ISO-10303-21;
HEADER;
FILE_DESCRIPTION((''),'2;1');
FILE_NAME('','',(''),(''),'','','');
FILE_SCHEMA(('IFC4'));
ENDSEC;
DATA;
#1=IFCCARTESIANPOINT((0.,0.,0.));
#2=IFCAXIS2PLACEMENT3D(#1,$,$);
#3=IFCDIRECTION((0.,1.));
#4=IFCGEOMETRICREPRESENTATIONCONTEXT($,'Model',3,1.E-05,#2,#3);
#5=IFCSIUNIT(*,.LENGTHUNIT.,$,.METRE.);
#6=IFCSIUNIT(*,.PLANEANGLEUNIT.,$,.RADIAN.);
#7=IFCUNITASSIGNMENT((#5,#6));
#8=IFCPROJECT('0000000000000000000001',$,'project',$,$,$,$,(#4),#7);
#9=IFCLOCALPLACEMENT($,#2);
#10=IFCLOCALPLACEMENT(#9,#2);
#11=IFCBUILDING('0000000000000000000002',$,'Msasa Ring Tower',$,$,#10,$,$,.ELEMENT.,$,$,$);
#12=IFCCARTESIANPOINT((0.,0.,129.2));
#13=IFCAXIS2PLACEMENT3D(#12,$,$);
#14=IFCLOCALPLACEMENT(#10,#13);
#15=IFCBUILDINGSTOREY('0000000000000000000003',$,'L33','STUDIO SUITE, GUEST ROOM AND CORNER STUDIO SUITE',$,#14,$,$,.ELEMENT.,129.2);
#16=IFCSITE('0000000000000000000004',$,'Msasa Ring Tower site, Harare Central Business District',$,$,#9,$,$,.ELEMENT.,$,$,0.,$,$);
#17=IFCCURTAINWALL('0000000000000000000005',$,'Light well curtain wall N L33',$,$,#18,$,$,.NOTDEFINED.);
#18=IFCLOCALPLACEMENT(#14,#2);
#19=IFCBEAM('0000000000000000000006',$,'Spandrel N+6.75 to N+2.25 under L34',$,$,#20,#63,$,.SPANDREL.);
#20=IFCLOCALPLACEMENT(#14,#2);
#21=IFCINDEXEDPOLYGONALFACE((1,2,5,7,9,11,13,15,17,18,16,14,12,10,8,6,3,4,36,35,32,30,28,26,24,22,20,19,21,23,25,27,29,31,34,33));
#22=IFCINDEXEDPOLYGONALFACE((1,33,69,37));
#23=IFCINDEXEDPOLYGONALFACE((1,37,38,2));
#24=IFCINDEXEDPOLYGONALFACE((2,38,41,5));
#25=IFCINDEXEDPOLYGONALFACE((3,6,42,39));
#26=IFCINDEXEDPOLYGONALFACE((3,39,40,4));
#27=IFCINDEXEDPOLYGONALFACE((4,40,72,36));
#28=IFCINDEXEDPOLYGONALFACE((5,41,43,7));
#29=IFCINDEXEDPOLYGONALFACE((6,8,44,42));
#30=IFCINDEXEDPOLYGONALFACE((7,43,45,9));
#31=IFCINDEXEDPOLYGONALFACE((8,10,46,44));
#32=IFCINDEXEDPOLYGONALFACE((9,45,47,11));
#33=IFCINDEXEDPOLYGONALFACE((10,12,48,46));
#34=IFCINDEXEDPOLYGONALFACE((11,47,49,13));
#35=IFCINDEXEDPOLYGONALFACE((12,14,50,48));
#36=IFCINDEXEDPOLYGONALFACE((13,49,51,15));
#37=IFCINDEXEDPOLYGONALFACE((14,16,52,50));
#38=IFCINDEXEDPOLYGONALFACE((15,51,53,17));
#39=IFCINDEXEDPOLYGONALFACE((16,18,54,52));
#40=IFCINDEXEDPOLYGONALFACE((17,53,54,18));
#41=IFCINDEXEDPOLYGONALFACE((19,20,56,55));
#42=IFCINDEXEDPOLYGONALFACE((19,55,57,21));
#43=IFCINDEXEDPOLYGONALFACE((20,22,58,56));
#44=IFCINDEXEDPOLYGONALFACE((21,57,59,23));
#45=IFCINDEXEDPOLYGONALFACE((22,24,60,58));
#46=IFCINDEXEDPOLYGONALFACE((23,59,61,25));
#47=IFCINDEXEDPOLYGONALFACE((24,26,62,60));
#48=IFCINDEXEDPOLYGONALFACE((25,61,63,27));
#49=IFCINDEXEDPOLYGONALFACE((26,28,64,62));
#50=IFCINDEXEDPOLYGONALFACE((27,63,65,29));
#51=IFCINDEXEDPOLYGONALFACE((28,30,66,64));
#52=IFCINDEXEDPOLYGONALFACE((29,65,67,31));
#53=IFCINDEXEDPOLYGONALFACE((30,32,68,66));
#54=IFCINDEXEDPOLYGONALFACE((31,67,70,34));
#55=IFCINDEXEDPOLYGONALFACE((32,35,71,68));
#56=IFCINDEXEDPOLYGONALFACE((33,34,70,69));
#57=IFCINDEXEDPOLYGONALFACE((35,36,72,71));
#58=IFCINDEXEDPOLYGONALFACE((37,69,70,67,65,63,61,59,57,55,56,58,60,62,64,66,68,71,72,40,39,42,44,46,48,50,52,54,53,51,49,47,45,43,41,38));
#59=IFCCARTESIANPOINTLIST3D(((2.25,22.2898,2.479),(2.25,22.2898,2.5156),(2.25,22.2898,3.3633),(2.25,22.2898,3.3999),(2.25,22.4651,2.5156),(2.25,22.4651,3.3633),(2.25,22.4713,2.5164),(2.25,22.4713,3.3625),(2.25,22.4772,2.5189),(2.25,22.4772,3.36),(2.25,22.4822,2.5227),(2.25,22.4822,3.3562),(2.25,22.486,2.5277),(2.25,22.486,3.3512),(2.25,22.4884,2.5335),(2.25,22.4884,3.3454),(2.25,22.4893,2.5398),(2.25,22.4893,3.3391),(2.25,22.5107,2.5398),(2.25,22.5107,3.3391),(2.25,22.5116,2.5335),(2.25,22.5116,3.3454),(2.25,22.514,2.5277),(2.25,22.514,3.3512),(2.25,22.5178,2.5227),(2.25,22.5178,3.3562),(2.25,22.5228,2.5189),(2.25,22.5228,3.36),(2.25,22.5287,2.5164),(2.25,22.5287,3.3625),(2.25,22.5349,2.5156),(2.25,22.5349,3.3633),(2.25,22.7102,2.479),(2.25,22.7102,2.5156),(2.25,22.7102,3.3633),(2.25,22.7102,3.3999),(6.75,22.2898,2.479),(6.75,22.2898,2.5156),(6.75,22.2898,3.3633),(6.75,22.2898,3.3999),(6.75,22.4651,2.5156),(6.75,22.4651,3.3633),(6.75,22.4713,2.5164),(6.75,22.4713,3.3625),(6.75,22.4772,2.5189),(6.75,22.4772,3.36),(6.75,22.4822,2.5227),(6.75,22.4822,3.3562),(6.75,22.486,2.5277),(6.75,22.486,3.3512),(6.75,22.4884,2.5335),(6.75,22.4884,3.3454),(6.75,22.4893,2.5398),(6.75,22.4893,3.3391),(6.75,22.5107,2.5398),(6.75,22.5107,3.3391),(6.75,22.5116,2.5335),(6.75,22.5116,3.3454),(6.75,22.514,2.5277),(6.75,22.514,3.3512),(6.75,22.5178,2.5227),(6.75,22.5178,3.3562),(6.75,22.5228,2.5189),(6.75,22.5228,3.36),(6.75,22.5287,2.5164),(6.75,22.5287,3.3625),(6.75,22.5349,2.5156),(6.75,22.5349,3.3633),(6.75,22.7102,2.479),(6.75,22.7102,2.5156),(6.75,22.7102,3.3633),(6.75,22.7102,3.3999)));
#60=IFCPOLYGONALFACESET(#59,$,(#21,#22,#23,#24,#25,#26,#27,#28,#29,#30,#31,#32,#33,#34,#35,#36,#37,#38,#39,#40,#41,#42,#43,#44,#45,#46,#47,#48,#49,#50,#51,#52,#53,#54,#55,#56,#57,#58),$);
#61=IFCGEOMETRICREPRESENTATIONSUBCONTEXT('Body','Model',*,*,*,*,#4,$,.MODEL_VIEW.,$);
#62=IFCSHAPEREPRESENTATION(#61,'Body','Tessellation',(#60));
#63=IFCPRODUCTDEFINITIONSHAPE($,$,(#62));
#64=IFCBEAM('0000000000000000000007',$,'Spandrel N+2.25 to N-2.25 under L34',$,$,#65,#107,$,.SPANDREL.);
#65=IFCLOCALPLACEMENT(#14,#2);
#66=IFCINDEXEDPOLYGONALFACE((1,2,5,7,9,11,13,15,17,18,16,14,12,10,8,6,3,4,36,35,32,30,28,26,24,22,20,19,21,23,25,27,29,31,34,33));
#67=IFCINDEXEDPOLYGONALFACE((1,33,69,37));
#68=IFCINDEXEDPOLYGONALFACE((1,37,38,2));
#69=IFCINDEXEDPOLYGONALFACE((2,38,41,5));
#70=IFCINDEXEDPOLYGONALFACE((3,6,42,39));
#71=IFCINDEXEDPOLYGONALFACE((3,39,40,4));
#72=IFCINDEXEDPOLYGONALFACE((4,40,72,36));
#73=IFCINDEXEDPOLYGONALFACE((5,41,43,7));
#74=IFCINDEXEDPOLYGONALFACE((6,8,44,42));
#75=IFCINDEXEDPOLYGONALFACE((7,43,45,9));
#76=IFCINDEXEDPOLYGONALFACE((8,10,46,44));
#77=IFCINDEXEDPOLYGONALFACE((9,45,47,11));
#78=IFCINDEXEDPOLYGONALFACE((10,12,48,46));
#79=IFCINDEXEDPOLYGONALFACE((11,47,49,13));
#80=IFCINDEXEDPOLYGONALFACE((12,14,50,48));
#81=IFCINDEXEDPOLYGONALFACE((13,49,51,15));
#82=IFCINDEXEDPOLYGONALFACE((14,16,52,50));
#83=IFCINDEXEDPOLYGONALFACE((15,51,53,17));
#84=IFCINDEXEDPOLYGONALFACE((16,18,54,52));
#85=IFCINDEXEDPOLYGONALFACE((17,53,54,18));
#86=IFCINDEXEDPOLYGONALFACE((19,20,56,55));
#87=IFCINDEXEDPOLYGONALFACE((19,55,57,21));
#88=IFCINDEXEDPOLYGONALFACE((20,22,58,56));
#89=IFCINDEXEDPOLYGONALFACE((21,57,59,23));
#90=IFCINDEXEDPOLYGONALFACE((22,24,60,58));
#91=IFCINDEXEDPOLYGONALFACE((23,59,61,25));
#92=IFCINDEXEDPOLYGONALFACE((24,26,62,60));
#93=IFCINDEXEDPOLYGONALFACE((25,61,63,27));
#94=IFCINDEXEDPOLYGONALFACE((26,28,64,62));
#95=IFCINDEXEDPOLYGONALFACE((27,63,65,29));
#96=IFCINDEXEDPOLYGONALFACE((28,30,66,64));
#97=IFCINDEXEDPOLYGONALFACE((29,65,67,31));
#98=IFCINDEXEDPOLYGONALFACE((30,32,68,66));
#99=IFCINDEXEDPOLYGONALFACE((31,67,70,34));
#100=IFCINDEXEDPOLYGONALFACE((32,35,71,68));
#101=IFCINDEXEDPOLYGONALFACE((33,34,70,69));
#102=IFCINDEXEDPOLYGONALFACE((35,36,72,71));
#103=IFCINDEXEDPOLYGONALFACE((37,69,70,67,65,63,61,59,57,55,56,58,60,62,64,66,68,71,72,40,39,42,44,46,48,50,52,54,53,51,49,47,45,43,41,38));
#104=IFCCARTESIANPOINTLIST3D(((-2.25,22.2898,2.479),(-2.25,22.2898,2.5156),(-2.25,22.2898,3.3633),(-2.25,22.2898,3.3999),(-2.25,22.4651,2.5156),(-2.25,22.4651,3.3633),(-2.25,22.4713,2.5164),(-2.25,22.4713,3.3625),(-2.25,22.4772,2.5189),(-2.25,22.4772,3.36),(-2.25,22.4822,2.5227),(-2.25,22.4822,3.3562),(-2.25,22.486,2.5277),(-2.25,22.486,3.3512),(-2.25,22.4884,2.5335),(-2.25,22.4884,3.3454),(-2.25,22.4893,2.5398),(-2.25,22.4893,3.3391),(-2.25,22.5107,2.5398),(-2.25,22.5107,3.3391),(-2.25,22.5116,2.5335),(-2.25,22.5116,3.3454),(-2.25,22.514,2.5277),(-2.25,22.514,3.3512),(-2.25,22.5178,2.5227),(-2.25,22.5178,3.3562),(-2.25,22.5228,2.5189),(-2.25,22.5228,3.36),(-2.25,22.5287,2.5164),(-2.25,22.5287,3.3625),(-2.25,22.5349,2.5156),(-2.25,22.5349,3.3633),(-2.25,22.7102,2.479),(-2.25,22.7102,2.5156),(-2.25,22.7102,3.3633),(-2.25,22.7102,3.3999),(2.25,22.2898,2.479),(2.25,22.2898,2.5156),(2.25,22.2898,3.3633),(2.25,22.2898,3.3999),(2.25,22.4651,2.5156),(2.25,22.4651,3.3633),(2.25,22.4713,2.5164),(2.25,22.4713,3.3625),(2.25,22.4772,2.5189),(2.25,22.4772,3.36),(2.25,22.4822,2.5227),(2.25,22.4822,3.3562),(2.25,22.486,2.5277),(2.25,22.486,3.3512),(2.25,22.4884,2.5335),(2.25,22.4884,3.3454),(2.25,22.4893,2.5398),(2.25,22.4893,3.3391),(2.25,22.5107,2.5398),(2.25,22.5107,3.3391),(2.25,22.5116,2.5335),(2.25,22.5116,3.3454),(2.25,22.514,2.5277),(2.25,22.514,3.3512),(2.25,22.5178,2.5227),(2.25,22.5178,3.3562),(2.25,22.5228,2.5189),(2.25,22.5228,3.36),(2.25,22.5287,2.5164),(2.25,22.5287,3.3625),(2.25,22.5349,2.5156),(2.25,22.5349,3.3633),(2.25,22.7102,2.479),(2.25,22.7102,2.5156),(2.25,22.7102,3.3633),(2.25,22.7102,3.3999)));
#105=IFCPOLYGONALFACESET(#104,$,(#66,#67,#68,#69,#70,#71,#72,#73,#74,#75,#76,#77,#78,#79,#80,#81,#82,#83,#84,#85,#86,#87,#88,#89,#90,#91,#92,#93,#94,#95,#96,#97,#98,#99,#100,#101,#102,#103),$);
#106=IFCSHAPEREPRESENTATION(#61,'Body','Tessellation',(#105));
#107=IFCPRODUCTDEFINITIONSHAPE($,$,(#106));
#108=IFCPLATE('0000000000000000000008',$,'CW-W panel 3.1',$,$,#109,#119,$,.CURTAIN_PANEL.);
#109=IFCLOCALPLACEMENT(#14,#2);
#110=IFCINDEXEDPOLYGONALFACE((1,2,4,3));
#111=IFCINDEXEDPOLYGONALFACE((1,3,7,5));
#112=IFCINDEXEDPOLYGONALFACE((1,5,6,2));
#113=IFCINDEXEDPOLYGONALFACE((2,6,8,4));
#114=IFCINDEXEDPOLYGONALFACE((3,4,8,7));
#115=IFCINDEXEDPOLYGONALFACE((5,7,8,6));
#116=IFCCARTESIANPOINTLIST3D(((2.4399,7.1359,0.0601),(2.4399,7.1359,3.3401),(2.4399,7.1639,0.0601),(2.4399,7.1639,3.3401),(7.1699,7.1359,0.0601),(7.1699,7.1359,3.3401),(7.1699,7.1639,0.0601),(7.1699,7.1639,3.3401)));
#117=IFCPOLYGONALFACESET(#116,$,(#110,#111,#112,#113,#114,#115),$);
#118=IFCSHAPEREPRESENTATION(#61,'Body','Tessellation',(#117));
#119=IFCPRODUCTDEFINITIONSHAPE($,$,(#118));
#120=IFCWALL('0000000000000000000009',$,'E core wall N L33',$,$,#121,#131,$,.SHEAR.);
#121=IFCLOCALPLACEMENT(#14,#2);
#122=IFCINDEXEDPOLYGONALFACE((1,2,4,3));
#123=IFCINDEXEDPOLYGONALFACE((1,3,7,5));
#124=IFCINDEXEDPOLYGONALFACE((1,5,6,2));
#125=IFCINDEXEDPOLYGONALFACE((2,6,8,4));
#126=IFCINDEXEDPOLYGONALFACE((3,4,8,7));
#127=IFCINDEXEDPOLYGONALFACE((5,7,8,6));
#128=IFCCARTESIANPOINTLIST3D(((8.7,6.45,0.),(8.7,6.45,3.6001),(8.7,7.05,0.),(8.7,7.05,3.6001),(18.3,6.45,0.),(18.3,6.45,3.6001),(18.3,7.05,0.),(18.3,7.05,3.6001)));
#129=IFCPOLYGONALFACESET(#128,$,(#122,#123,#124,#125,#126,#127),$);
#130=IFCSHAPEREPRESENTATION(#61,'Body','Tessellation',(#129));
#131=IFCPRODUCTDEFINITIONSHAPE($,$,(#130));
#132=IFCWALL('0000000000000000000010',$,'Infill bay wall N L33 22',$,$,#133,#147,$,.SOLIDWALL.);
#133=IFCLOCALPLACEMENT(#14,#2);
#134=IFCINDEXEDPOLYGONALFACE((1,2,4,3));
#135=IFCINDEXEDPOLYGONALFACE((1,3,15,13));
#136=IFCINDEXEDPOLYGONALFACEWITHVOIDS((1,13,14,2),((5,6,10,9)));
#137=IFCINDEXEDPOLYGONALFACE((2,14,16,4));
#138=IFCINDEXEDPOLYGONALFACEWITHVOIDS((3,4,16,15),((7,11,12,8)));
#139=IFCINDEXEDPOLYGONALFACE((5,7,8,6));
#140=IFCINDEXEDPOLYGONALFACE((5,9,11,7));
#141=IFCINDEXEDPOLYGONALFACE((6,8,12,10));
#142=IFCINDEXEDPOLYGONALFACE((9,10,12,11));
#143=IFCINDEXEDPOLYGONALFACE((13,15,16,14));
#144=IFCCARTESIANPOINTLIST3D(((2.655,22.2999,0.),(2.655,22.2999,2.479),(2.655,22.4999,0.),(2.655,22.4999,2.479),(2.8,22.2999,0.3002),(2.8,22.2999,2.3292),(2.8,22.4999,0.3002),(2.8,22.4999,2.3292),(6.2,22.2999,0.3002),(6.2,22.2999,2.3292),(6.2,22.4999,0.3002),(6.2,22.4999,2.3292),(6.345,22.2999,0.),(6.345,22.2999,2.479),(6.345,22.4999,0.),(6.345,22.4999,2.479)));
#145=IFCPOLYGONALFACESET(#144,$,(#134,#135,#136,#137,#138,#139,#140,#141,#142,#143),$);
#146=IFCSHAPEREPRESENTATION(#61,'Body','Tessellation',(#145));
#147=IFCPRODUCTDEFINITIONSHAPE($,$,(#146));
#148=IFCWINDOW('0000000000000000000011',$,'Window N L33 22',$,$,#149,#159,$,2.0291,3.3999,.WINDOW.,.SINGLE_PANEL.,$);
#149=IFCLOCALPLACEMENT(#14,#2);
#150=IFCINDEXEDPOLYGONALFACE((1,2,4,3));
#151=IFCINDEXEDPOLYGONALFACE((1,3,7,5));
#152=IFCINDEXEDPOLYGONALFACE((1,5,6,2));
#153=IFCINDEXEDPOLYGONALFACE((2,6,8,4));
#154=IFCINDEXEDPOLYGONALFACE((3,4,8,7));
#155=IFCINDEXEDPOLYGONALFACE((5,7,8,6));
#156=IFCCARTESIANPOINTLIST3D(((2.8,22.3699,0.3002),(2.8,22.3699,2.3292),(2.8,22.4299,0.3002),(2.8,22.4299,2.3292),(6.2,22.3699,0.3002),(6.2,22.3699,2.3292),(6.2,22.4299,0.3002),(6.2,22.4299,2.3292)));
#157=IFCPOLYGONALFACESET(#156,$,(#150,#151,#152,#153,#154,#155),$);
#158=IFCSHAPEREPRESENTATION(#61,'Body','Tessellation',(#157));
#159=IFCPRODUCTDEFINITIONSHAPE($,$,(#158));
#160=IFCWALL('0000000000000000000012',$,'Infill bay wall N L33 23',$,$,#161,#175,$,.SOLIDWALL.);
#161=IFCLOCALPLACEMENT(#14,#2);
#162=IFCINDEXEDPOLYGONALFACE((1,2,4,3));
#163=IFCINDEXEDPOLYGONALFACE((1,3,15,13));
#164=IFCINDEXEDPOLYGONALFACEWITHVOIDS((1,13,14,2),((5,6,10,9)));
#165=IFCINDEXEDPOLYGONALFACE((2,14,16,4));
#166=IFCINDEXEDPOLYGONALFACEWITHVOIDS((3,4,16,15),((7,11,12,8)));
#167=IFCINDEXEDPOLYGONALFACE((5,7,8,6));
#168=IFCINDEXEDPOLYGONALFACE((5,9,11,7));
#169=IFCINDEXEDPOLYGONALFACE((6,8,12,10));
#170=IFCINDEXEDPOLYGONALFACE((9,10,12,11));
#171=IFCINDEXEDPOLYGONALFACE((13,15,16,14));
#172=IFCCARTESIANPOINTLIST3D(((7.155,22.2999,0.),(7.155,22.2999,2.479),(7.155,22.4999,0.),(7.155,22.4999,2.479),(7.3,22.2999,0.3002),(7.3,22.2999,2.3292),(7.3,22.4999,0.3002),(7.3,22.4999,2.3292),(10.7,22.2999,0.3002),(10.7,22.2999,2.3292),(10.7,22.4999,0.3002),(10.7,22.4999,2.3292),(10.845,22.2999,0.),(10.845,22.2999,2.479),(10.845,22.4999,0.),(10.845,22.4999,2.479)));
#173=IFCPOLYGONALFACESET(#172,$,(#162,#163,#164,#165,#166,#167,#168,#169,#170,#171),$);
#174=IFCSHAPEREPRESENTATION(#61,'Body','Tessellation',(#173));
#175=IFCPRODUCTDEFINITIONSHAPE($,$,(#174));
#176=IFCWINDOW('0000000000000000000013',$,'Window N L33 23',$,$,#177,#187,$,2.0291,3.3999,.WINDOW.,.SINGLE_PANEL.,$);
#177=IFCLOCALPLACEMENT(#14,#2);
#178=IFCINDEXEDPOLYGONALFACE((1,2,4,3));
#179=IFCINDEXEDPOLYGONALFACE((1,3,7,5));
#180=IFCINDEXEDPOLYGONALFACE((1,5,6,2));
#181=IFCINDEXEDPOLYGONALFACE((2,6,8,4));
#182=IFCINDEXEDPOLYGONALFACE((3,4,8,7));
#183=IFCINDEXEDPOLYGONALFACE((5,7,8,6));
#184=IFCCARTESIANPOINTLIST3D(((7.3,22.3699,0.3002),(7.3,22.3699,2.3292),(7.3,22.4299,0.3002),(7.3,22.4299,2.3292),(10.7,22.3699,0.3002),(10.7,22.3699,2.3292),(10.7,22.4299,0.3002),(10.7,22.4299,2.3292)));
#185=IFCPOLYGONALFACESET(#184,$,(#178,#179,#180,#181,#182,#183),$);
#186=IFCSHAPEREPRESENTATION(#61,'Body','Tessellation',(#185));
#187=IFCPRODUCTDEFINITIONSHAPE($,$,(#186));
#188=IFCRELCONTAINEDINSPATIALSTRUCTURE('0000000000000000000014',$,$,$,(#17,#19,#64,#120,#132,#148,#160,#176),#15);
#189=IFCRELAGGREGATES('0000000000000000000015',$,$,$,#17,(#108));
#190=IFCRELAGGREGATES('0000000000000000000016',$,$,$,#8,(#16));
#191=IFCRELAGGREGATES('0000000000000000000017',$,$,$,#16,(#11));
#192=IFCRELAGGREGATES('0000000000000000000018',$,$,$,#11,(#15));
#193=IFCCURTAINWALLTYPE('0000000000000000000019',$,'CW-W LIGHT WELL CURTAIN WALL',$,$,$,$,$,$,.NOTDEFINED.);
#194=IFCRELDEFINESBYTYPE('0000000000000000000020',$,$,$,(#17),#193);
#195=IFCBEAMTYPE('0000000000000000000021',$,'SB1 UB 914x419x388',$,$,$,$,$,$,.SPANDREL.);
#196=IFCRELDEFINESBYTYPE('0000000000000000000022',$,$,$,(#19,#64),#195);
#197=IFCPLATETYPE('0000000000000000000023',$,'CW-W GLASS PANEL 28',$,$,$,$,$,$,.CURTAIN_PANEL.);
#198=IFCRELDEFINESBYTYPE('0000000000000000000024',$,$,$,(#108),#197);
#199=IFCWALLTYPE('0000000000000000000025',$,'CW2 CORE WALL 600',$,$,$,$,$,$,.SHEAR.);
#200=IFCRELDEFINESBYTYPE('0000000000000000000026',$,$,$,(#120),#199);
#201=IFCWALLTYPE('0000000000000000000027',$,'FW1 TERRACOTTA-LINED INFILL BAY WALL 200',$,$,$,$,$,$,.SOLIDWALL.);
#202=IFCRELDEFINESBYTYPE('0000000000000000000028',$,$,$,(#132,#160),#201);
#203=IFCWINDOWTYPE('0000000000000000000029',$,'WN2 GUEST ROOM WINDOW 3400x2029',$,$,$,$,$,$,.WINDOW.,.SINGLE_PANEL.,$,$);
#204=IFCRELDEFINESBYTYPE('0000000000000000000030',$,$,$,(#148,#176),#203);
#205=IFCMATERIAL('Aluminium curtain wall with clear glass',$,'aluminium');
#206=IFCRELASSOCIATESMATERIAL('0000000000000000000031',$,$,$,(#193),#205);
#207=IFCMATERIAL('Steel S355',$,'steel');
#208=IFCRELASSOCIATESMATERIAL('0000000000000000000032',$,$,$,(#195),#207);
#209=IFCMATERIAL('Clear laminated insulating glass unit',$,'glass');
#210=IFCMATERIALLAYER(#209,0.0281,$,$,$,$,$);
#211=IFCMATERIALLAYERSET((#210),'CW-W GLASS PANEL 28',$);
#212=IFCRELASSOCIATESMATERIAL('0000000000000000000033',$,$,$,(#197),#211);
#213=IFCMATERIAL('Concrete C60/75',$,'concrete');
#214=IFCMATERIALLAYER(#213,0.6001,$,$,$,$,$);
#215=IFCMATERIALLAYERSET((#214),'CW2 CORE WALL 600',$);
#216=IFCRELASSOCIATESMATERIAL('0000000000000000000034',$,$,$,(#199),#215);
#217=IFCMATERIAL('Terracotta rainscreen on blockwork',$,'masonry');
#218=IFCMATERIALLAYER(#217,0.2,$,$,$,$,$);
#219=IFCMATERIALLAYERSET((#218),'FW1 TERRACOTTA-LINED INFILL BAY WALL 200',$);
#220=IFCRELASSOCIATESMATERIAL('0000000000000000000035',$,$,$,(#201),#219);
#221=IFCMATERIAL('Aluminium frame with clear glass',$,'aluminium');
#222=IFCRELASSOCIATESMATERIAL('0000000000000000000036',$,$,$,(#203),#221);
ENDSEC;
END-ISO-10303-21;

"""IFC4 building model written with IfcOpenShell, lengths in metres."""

from ifc_helpers import new_model, si_unit, direction, frame, frame_2d, origin, origin_2d, place, context, subcontext, project, spatial, rectangle, i_section, extrude, material, layer, layer_set, material_profile, profile_set, type_object, element, fill, aggregate, save


model = new_model("IFC4")

# Units and contexts
model_context = context("Model", 3, precision=1e-05, world=origin(), true_north=direction((0.0, 1.0)))
body_context = subcontext(model_context, "Body", "Model", "MODEL_VIEW")
ifc_project = project(units=[si_unit("LENGTHUNIT", "METRE"), si_unit("PLANEANGLEUNIT", "RADIAN")], contexts=[model_context])

# Site, building, storey
site_placement = place(None, origin())
site = spatial("IfcSite", under=ifc_project, at=site_placement, Name="Msasa Ring Tower site, Harare Central Business District", CompositionType="ELEMENT", RefElevation=0.0)
building_placement = place(site_placement, origin())
building = spatial("IfcBuilding", under=site, at=building_placement, Name="Msasa Ring Tower", CompositionType="ELEMENT")
storey_placement = place(building_placement, frame((0.0, 0.0, 129.2)))
storey = spatial("IfcBuildingStorey", under=building, at=storey_placement, Name="L33", Description="STUDIO SUITE, GUEST ROOM AND CORNER STUDIO SUITE", CompositionType="ELEMENT", Elevation=129.2)

# Curtain wall
ifc_material_1 = material(Name="Aluminium curtain wall with clear glass", Category="aluminium")
curtain_wall_type = type_object("IfcCurtainWallType", Name="CW-W LIGHT WELL CURTAIN WALL", PredefinedType="NOTDEFINED", material=ifc_material_1)
curtain_wall_1_placement = place(storey_placement, origin())
curtain_wall_1 = element("IfcCurtainWall", 1, at=curtain_wall_1_placement, inside=storey, type_object=curtain_wall_type, Name="Light well curtain wall N L33", PredefinedType="NOTDEFINED")

# Beams
ifc_material_2 = material(Name="Steel S355", Category="steel")
ifc_material_profile_1 = material_profile(ifc_material_2, i_section(OverallWidth=0.4204, OverallDepth=0.9209, WebThickness=0.0215, FlangeThickness=0.0366, FilletRadius=0.0242, at=origin_2d()), Name="UB 914x419x388")
ifc_profile_set_1 = profile_set([ifc_material_profile_1], Name="Steel S355")
beam_type_1 = type_object("IfcBeamType", Name="SB1 UB 914x419x388", PredefinedType="SPANDREL", material=ifc_profile_set_1)
for number, where, z_axis, x_axis, name in (
    (2, (6.75, 22.5, 2.9395), (-1.0, 0.0, 0.0), (0.0, -1.0, 0.0), "Spandrel N+6.75 to N+2.25 under L34"),
    (3, (2.25, 22.5, 2.9395), (-1.0, 0.0, 0.0), (0.0, -1.0, 0.0), "Spandrel N+2.25 to N-2.25 under L34"),
):
    element("IfcBeam", number, at=place(storey_placement, frame(where, z_axis=z_axis, x_axis=x_axis)), inside=storey, type_object=beam_type_1, Name=name, PredefinedType="SPANDREL", context=body_context, shape_type="SweptSolid", body=[
        extrude(i_section(OverallWidth=0.4204, OverallDepth=0.9209, WebThickness=0.0215, FlangeThickness=0.0366, FilletRadius=0.0242, at=origin_2d()), origin(), (0.0, 0.0, 1.0), 4.5),
    ])

# Plate
ifc_material_3 = material(Name="Clear laminated insulating glass unit", Category="glass")
ifc_layer_1 = layer(ifc_material_3, 0.0281)
ifc_layer_set_1 = layer_set([ifc_layer_1], Name="CW-W GLASS PANEL 28")
plate_type = type_object("IfcPlateType", Name="CW-W GLASS PANEL 28", PredefinedType="CURTAIN_PANEL", material=ifc_layer_set_1)
plate_placement = place(storey_placement, frame((4.8049, 7.1499, 0.0601), z_axis=(0.0, 0.0, 1.0), x_axis=(1.0, 0.0, 0.0)))
plate = element("IfcPlate", 4, at=plate_placement, type_object=plate_type, Name="CW-W panel 3.1", PredefinedType="CURTAIN_PANEL", context=body_context, shape_type="SweptSolid", body=[
    extrude(rectangle(XDim=4.73, YDim=0.0281, at=origin_2d()), origin(), (0.0, 0.0, 1.0), 3.28),
])
aggregate(curtain_wall_1, [plate])

# Wall
ifc_material_4 = material(Name="Concrete C60/75", Category="concrete")
ifc_layer_2 = layer(ifc_material_4, 0.6001)
ifc_layer_set_2 = layer_set([ifc_layer_2], Name="CW2 CORE WALL 600")
wall_type_1 = type_object("IfcWallType", Name="CW2 CORE WALL 600", PredefinedType="SHEAR", material=ifc_layer_set_2)
wall_1_placement = place(storey_placement, frame((8.7, 6.75, 0.0), z_axis=(0.0, 0.0, 1.0), x_axis=(1.0, 0.0, 0.0)))
element("IfcWall", 5, at=wall_1_placement, inside=storey, type_object=wall_type_1, Name="E core wall N L33", PredefinedType="SHEAR", context=body_context, shape_type="SweptSolid", body=[
    extrude(rectangle(XDim=9.6001, YDim=0.6001, at=frame_2d((4.8, 0.0))), origin(), (0.0, 0.0, 1.0), 3.6001),
])

# Walls, openings, windows
ifc_material_5 = material(Name="Terracotta rainscreen on blockwork", Category="masonry")
ifc_layer_3 = layer(ifc_material_5, 0.2)
ifc_layer_set_3 = layer_set([ifc_layer_3], Name="FW1 TERRACOTTA-LINED INFILL BAY WALL 200")
wall_type_2 = type_object("IfcWallType", Name="FW1 TERRACOTTA-LINED INFILL BAY WALL 200", PredefinedType="SOLIDWALL", material=ifc_layer_set_3)
wall_2_placement = place(storey_placement, frame((2.655, 22.3999, 0.0), z_axis=(0.0, 0.0, 1.0), x_axis=(1.0, 0.0, 0.0)))
wall_2 = element("IfcWall", 6, at=wall_2_placement, inside=storey, type_object=wall_type_2, Name="Infill bay wall N L33 22", PredefinedType="SOLIDWALL", context=body_context, shape_type="SweptSolid", body=[
    extrude(rectangle(XDim=3.6899, YDim=0.2, at=frame_2d((1.845, 0.0))), origin(), (0.0, 0.0, 1.0), 2.479),
])
opening_1_placement = place(wall_2_placement, frame((0.145, 0.0, 0.3)))
opening_1 = element("IfcOpeningElement", 7, at=opening_1_placement, cuts=wall_2, PredefinedType="OPENING", context=body_context, shape_type="SweptSolid", body=[
    extrude(rectangle(XDim=3.3999, YDim=2.0291, at=frame_2d((1.7, 1.0146))), frame((0.0, 0.1099, 0.0), z_axis=(0.0, -1.0, 0.0), x_axis=(1.0, 0.0, 0.0)), (0.0, 0.0, 1.0), 0.22),
])
ifc_material_6 = material(Name="Aluminium frame with clear glass", Category="aluminium")
window_type = type_object("IfcWindowType", Name="WN2 GUEST ROOM WINDOW 3400x2029", PartitioningType="SINGLE_PANEL", PredefinedType="WINDOW", material=ifc_material_6)
window_1_placement = place(opening_1_placement, origin())
window_1 = element("IfcWindow", 8, at=window_1_placement, inside=storey, type_object=window_type, Name="Window N L33 22", OverallHeight=2.0291, OverallWidth=3.3999, PartitioningType="SINGLE_PANEL", PredefinedType="WINDOW", context=body_context, shape_type="SweptSolid", body=[
    extrude(rectangle(XDim=3.3999, YDim=2.0291, at=frame_2d((1.7, 1.0146))), frame((0.0, 0.03, 0.0), z_axis=(0.0, -1.0, 0.0), x_axis=(1.0, 0.0, 0.0)), (0.0, 0.0, 1.0), 0.0601),
])
fill(opening_1, window_1)
wall_3_placement = place(storey_placement, frame((7.155, 22.3999, 0.0), z_axis=(0.0, 0.0, 1.0), x_axis=(1.0, 0.0, 0.0)))
wall_3 = element("IfcWall", 9, at=wall_3_placement, inside=storey, type_object=wall_type_2, Name="Infill bay wall N L33 23", PredefinedType="SOLIDWALL", context=body_context, shape_type="SweptSolid", body=[
    extrude(rectangle(XDim=3.6899, YDim=0.2, at=frame_2d((1.845, 0.0))), origin(), (0.0, 0.0, 1.0), 2.479),
])
opening_2_placement = place(wall_3_placement, frame((0.145, 0.0, 0.3)))
opening_2 = element("IfcOpeningElement", 10, at=opening_2_placement, cuts=wall_3, PredefinedType="OPENING", context=body_context, shape_type="SweptSolid", body=[
    extrude(rectangle(XDim=3.3999, YDim=2.0291, at=frame_2d((1.7, 1.0146))), frame((0.0, 0.1099, 0.0), z_axis=(0.0, -1.0, 0.0), x_axis=(1.0, 0.0, 0.0)), (0.0, 0.0, 1.0), 0.22),
])
window_2_placement = place(opening_2_placement, origin())
window_2 = element("IfcWindow", 11, at=window_2_placement, inside=storey, type_object=window_type, Name="Window N L33 23", OverallHeight=2.0291, OverallWidth=3.3999, PartitioningType="SINGLE_PANEL", PredefinedType="WINDOW", context=body_context, shape_type="SweptSolid", body=[
    extrude(rectangle(XDim=3.3999, YDim=2.0291, at=frame_2d((1.7, 1.0146))), frame((0.0, 0.03, 0.0), z_axis=(0.0, -1.0, 0.0), x_axis=(1.0, 0.0, 0.0)), (0.0, 0.0, 1.0), 0.0601),
])
fill(opening_2, window_2)

save(model, "model.ifc")
